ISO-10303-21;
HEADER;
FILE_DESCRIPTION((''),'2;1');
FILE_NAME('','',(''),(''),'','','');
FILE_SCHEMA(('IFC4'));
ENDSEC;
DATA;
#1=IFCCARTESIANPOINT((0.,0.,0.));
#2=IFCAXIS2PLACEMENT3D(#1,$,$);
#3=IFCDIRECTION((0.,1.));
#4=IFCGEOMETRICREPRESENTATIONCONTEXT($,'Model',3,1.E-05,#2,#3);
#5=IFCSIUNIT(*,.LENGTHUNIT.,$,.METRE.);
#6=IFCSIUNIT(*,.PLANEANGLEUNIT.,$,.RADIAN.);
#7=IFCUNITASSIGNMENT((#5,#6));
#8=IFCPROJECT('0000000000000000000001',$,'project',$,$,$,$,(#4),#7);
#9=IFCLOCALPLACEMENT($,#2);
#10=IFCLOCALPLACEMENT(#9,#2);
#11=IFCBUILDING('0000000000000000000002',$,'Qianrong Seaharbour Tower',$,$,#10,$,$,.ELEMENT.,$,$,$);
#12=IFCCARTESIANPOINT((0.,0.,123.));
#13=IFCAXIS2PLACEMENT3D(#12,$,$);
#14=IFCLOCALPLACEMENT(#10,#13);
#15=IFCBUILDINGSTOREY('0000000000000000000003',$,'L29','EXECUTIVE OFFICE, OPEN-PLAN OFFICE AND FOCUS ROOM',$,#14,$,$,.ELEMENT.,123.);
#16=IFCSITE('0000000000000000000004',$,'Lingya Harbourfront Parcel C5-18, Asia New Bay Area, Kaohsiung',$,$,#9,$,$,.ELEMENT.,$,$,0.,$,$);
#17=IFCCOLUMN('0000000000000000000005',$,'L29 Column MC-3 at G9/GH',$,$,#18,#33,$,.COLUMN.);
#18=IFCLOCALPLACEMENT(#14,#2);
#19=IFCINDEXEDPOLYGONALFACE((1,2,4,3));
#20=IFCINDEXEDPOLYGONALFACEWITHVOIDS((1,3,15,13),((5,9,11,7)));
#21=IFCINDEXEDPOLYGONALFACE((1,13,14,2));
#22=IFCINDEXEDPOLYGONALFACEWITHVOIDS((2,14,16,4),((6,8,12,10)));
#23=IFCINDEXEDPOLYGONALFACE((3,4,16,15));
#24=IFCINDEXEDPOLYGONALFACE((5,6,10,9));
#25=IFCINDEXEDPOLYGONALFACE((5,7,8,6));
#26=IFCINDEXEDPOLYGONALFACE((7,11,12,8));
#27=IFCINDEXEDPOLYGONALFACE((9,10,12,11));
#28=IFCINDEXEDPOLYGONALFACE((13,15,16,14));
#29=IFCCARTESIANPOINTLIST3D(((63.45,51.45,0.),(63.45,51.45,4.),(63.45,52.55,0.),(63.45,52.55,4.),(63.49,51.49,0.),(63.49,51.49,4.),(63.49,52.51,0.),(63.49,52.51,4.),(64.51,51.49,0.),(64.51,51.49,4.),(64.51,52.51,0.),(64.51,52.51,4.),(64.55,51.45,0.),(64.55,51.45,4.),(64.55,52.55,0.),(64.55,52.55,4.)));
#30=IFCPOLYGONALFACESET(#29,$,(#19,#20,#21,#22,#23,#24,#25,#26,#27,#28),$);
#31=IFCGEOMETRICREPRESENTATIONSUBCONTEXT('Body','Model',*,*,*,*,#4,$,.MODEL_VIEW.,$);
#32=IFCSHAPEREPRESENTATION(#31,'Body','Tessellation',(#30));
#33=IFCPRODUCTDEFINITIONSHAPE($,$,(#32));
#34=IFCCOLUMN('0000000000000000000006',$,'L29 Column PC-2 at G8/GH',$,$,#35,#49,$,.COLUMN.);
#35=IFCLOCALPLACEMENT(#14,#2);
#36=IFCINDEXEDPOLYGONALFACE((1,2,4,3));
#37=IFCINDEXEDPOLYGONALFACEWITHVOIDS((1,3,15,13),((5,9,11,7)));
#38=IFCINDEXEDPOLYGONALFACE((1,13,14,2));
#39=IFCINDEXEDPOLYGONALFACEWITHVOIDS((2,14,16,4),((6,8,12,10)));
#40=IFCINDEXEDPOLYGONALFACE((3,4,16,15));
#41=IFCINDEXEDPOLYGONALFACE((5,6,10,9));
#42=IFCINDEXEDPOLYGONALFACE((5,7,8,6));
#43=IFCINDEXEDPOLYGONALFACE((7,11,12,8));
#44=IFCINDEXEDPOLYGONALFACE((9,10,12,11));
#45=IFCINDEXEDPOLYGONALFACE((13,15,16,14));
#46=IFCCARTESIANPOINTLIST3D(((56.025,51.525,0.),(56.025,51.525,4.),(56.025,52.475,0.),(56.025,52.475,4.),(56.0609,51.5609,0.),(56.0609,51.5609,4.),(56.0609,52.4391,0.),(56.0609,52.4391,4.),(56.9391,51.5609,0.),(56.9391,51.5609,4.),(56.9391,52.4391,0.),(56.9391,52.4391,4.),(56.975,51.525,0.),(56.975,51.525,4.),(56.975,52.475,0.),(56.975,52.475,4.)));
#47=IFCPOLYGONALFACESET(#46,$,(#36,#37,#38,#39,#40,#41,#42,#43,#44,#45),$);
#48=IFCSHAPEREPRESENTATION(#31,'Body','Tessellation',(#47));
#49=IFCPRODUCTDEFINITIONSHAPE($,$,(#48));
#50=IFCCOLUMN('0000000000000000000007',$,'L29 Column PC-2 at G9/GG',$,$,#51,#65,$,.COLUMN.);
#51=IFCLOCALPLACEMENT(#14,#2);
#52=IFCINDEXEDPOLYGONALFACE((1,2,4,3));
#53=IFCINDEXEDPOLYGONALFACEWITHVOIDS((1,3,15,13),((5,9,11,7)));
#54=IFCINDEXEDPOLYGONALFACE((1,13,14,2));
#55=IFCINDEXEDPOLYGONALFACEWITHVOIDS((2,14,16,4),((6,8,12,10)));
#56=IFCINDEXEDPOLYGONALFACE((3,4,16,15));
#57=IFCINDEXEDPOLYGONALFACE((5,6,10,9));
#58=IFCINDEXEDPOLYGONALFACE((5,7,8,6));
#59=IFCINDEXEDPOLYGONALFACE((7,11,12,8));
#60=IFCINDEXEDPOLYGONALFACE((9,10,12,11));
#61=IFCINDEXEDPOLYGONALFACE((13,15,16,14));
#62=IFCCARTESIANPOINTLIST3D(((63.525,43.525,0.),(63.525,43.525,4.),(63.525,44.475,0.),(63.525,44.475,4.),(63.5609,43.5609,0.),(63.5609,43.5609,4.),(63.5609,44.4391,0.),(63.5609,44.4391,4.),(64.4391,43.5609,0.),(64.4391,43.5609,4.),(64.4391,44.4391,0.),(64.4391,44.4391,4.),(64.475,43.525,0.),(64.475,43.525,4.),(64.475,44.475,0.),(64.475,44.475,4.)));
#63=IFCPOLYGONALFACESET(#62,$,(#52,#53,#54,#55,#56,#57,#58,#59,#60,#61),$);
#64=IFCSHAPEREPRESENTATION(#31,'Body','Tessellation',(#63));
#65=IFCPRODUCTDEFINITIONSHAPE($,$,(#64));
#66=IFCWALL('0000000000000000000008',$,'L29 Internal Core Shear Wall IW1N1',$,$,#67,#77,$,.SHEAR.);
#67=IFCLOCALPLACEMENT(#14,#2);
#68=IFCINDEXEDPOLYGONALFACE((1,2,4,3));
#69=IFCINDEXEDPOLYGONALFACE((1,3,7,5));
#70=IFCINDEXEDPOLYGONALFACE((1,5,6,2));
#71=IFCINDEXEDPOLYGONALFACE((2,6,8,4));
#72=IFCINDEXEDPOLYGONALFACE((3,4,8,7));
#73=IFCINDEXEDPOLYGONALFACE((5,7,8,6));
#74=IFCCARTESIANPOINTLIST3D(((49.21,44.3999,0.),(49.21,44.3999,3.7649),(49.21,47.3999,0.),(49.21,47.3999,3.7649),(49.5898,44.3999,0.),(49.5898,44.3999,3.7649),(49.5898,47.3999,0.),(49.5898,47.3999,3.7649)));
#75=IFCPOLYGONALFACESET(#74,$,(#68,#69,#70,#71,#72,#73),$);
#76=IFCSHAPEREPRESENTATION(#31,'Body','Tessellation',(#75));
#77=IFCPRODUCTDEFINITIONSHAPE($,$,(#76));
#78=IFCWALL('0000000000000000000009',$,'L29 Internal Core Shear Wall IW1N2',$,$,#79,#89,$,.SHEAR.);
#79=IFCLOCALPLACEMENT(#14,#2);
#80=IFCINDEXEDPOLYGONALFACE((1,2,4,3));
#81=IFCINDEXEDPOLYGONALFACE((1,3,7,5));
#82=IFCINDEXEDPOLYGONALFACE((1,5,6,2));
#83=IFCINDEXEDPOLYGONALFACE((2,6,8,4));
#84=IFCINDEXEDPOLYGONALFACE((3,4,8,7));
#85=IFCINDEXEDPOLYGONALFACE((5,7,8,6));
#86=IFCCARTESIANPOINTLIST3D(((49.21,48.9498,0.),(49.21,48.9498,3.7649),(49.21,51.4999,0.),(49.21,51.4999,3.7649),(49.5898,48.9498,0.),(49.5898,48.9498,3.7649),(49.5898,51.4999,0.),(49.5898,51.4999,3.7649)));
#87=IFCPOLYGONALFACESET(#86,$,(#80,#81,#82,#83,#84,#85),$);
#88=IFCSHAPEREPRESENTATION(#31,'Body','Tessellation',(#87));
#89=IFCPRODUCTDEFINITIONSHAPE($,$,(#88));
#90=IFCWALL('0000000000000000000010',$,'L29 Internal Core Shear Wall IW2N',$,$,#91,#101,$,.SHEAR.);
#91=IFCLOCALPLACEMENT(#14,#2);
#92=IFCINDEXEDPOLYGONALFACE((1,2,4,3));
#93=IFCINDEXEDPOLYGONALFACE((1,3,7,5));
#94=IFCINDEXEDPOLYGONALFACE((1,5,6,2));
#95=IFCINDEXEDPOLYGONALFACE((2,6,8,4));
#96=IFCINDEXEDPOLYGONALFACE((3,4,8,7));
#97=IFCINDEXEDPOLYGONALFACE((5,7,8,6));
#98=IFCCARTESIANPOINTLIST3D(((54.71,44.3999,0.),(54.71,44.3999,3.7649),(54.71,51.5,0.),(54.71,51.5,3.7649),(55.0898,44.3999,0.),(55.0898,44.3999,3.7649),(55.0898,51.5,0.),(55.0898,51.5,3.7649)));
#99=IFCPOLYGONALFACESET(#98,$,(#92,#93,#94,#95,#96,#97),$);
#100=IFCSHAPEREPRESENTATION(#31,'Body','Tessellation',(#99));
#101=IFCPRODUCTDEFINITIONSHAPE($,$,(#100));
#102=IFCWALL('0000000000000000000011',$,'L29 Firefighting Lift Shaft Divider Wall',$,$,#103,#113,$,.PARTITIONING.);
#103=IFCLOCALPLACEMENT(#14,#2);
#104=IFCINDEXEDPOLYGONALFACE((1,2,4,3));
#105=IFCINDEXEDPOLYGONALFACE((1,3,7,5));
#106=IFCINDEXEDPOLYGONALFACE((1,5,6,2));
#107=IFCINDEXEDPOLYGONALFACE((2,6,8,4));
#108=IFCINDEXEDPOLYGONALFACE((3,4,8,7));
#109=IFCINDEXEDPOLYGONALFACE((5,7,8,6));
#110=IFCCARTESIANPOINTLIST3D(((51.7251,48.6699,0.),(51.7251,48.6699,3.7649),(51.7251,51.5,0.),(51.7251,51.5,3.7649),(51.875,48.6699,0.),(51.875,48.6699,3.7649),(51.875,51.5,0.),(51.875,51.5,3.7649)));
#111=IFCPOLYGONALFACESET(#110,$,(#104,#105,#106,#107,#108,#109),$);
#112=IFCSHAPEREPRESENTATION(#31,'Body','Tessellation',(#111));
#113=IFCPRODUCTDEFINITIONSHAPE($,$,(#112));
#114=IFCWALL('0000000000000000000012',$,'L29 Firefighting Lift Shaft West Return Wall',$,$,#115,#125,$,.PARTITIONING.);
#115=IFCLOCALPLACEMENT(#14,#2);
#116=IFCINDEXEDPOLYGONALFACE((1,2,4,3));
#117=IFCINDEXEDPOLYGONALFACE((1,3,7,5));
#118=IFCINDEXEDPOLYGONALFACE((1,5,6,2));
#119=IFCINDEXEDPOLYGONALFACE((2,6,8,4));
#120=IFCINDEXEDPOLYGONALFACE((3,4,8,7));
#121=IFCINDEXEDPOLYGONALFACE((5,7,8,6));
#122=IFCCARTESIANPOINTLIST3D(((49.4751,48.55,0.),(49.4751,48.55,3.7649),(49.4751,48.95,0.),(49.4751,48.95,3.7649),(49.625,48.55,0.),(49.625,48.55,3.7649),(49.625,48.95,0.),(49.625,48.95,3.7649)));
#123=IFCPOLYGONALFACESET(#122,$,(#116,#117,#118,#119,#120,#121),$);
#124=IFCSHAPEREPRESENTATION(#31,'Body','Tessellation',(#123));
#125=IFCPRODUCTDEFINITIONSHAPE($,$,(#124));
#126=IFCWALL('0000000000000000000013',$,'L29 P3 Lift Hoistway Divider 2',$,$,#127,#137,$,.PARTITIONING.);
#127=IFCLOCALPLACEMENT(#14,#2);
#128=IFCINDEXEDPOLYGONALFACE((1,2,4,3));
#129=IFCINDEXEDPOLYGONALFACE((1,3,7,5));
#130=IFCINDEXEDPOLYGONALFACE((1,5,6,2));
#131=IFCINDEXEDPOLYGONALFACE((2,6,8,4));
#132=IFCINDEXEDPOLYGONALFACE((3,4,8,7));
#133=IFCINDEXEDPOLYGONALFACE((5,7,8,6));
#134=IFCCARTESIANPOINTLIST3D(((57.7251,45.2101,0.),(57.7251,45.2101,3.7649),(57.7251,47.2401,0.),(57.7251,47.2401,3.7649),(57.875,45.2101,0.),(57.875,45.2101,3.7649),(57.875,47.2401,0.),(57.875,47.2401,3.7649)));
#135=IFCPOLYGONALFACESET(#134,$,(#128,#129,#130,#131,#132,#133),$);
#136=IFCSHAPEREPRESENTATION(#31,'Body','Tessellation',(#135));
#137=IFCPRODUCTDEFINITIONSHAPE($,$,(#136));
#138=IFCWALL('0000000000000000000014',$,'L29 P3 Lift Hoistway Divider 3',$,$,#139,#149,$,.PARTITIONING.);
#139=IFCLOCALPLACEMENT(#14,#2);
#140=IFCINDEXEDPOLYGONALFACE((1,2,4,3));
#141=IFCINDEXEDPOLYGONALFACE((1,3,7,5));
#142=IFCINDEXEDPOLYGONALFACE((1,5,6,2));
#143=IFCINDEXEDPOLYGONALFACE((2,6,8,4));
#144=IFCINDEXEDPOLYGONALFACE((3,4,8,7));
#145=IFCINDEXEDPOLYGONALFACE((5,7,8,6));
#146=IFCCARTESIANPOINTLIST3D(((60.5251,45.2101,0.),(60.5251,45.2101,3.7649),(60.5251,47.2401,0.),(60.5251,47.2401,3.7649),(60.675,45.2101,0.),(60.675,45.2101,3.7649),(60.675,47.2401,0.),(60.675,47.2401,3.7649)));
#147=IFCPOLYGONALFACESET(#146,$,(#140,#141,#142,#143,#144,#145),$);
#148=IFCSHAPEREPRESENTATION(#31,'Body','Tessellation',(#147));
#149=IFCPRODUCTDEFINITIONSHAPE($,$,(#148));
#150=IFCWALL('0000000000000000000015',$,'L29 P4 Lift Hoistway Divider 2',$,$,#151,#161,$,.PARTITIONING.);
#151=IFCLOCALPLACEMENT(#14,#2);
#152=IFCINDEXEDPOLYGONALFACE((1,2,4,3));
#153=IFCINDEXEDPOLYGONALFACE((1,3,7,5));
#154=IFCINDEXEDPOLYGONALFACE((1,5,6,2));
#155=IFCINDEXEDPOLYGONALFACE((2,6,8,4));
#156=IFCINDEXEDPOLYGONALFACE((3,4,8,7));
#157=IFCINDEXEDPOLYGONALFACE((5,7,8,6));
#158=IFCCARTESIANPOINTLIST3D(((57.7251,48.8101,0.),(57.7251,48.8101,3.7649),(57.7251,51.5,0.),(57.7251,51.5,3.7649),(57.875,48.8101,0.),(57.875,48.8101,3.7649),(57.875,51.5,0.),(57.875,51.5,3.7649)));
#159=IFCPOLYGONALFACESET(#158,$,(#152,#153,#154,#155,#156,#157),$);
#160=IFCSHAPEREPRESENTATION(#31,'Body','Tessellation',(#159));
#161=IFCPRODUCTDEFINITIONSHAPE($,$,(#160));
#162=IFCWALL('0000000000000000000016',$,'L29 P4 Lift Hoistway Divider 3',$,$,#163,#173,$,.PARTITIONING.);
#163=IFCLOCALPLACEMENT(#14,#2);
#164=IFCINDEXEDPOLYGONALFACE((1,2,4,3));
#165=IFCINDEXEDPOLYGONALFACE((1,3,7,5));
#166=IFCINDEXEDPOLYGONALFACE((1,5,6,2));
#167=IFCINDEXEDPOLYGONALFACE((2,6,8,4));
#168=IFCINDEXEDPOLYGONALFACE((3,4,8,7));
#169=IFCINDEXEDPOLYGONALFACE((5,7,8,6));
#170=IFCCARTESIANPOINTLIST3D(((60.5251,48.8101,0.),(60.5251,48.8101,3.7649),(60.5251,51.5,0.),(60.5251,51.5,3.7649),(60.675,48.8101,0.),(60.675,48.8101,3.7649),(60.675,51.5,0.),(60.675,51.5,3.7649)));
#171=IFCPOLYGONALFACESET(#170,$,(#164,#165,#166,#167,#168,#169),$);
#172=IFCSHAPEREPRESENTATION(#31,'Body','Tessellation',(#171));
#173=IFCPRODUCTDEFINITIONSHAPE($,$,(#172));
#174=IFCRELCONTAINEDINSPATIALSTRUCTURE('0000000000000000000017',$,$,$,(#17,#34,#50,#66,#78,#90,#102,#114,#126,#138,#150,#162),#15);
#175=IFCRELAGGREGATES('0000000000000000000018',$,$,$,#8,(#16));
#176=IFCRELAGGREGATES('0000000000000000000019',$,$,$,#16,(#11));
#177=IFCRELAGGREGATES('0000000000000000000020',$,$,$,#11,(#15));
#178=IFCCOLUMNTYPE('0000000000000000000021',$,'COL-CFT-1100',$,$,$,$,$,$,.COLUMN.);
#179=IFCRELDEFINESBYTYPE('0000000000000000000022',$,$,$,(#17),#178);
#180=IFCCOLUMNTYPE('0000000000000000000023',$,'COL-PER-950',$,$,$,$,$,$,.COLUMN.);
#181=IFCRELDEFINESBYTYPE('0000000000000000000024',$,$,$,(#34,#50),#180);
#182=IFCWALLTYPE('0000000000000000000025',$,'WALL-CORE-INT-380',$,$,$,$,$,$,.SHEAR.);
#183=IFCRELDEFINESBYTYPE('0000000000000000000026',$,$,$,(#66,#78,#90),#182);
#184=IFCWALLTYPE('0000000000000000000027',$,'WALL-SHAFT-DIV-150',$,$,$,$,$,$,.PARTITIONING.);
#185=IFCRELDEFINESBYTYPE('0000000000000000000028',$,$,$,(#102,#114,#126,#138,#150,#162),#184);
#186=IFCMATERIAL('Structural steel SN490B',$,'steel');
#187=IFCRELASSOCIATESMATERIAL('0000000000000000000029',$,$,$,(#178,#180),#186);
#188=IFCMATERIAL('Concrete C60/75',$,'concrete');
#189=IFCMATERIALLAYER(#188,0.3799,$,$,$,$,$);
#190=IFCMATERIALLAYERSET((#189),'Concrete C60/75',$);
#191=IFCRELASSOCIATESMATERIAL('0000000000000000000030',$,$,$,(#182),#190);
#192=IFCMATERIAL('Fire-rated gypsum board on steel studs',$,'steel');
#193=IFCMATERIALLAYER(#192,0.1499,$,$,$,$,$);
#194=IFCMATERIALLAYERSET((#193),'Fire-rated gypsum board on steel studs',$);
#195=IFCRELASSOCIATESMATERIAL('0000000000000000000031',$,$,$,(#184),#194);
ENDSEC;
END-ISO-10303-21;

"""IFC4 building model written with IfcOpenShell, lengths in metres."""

from ifc_helpers import new_model, si_unit, direction, frame, frame_2d, origin, origin_2d, place, context, subcontext, project, spatial, rectangle, hollow_rectangle, extrude, material, layer, layer_set, material_profile, profile_set, type_object, element, save


model = new_model("IFC4")

# Units and contexts
model_context = context("Model", 3, precision=1e-05, world=origin(), true_north=direction((0.0, 1.0)))
body_context = subcontext(model_context, "Body", "Model", "MODEL_VIEW")
ifc_project = project(units=[si_unit("LENGTHUNIT", "METRE"), si_unit("PLANEANGLEUNIT", "RADIAN")], contexts=[model_context])

# Site, building, storey
site_placement = place(None, origin())
site = spatial("IfcSite", under=ifc_project, at=site_placement, Name="Lingya Harbourfront Parcel C5-18, Asia New Bay Area, Kaohsiung", CompositionType="ELEMENT", RefElevation=0.0)
building_placement = place(site_placement, origin())
building = spatial("IfcBuilding", under=site, at=building_placement, Name="Qianrong Seaharbour Tower", CompositionType="ELEMENT")
storey_placement = place(building_placement, frame((0.0, 0.0, 123.0)))
storey = spatial("IfcBuildingStorey", under=building, at=storey_placement, Name="L29", Description="EXECUTIVE OFFICE, OPEN-PLAN OFFICE AND FOCUS ROOM", CompositionType="ELEMENT", Elevation=123.0)

# Columns
ifc_material_1 = material(Name="Structural steel SN490B", Category="steel")
ifc_material_profile_1 = material_profile(ifc_material_1, hollow_rectangle(XDim=1.1001, YDim=1.1001, WallThickness=0.04, at=origin_2d()), Name="BOX1100x1100x40")
ifc_profile_set_1 = profile_set([ifc_material_profile_1], Name="Structural steel SN490B")
column_type_1 = type_object("IfcColumnType", Name="COL-CFT-1100", PredefinedType="COLUMN", material=ifc_profile_set_1)
column_placement = place(storey_placement, frame((64.0, 52.0, 0.0), z_axis=(0.0, 0.0, 1.0), x_axis=(1.0, 0.0, 0.0)))
element("IfcColumn", 1, at=column_placement, inside=storey, type_object=column_type_1, Name="L29 Column MC-3 at G9/GH", PredefinedType="COLUMN", context=body_context, shape_type="SweptSolid", body=[
    extrude(hollow_rectangle(XDim=1.1001, YDim=1.1001, WallThickness=0.04, at=origin_2d()), origin(), (0.0, 0.0, 1.0), 4.0),
])
ifc_material_profile_2 = material_profile(ifc_material_1, hollow_rectangle(XDim=0.95, YDim=0.95, WallThickness=0.0359, at=origin_2d()), Name="BOX950x950x36")
ifc_profile_set_2 = profile_set([ifc_material_profile_2], Name="Structural steel SN490B")
column_type_2 = type_object("IfcColumnType", Name="COL-PER-950", PredefinedType="COLUMN", material=ifc_profile_set_2)
for number, where, z_axis, x_axis, name in (
    (2, (56.5, 52.0, 0.0), (0.0, 0.0, 1.0), (1.0, 0.0, 0.0), "L29 Column PC-2 at G8/GH"),
    (3, (64.0, 44.0, 0.0), (0.0, 0.0, 1.0), (1.0, 0.0, 0.0), "L29 Column PC-2 at G9/GG"),
):
    element("IfcColumn", number, at=place(storey_placement, frame(where, z_axis=z_axis, x_axis=x_axis)), inside=storey, type_object=column_type_2, Name=name, PredefinedType="COLUMN", context=body_context, shape_type="SweptSolid", body=[
        extrude(hollow_rectangle(XDim=0.95, YDim=0.95, WallThickness=0.0359, at=origin_2d()), origin(), (0.0, 0.0, 1.0), 4.0),
    ])

# Walls
ifc_material_2 = material(Name="Concrete C60/75", Category="concrete")
ifc_layer_1 = layer(ifc_material_2, 0.3799)
ifc_layer_set_1 = layer_set([ifc_layer_1], Name="Concrete C60/75")
wall_type_1 = type_object("IfcWallType", Name="WALL-CORE-INT-380", PredefinedType="SHEAR", material=ifc_layer_set_1)
wall_1_placement = place(storey_placement, frame((49.3999, 44.3999, 0.0), z_axis=(0.0, 0.0, 1.0), x_axis=(0.0, 1.0, 0.0)))
element("IfcWall", 4, at=wall_1_placement, inside=storey, type_object=wall_type_1, Name="L29 Internal Core Shear Wall IW1N1", PredefinedType="SHEAR", context=body_context, shape_type="SweptSolid", body=[
    extrude(rectangle(XDim=3.0, YDim=0.3799, at=frame_2d((1.5, 0.0))), origin(), (0.0, 0.0, 1.0), 3.7649),
])
wall_2_placement = place(storey_placement, frame((49.3999, 48.95, 0.0), z_axis=(0.0, 0.0, 1.0), x_axis=(0.0, 1.0, 0.0)))
element("IfcWall", 5, at=wall_2_placement, inside=storey, type_object=wall_type_1, Name="L29 Internal Core Shear Wall IW1N2", PredefinedType="SHEAR", context=body_context, shape_type="SweptSolid", body=[
    extrude(rectangle(XDim=2.55, YDim=0.3799, at=frame_2d((1.2749, 0.0))), origin(), (0.0, 0.0, 1.0), 3.7649),
])
wall_3_placement = place(storey_placement, frame((54.8999, 44.3999, 0.0), z_axis=(0.0, 0.0, 1.0), x_axis=(0.0, 1.0, 0.0)))
element("IfcWall", 6, at=wall_3_placement, inside=storey, type_object=wall_type_1, Name="L29 Internal Core Shear Wall IW2N", PredefinedType="SHEAR", context=body_context, shape_type="SweptSolid", body=[
    extrude(rectangle(XDim=7.1001, YDim=0.3799, at=frame_2d((3.55, 0.0))), origin(), (0.0, 0.0, 1.0), 3.7649),
])

# Walls
ifc_material_3 = material(Name="Fire-rated gypsum board on steel studs", Category="steel")
ifc_layer_2 = layer(ifc_material_3, 0.1499)
ifc_layer_set_2 = layer_set([ifc_layer_2], Name="Fire-rated gypsum board on steel studs")
wall_type_2 = type_object("IfcWallType", Name="WALL-SHAFT-DIV-150", PredefinedType="PARTITIONING", material=ifc_layer_set_2)
wall_4_placement = place(storey_placement, frame((51.8, 48.6699, 0.0), z_axis=(0.0, 0.0, 1.0), x_axis=(0.0, 1.0, 0.0)))
element("IfcWall", 7, at=wall_4_placement, inside=storey, type_object=wall_type_2, Name="L29 Firefighting Lift Shaft Divider Wall", PredefinedType="PARTITIONING", context=body_context, shape_type="SweptSolid", body=[
    extrude(rectangle(XDim=2.8301, YDim=0.1499, at=frame_2d((1.415, 0.0))), origin(), (0.0, 0.0, 1.0), 3.7649),
])
wall_5_placement = place(storey_placement, frame((49.55, 48.55, 0.0), z_axis=(0.0, 0.0, 1.0), x_axis=(0.0, 1.0, 0.0)))
element("IfcWall", 8, at=wall_5_placement, inside=storey, type_object=wall_type_2, Name="L29 Firefighting Lift Shaft West Return Wall", PredefinedType="PARTITIONING", context=body_context, shape_type="SweptSolid", body=[
    extrude(rectangle(XDim=0.3999, YDim=0.1499, at=frame_2d((0.2, 0.0))), origin(), (0.0, 0.0, 1.0), 3.7649),
])
for number, where, z_axis, x_axis, name in (
    (9, (57.8, 45.21, 0.0), (0.0, 0.0, 1.0), (0.0, 1.0, 0.0), "L29 P3 Lift Hoistway Divider 2"),
    (10, (60.6001, 45.21, 0.0), (0.0, 0.0, 1.0), (0.0, 1.0, 0.0), "L29 P3 Lift Hoistway Divider 3"),
):
    element("IfcWall", number, at=place(storey_placement, frame(where, z_axis=z_axis, x_axis=x_axis)), inside=storey, type_object=wall_type_2, Name=name, PredefinedType="PARTITIONING", context=body_context, shape_type="SweptSolid", body=[
        extrude(rectangle(XDim=2.03, YDim=0.1499, at=frame_2d((1.0151, 0.0))), origin(), (0.0, 0.0, 1.0), 3.7649),
    ])
for number, where, z_axis, x_axis, name in (
    (11, (57.8, 48.8101, 0.0), (0.0, 0.0, 1.0), (0.0, 1.0, 0.0), "L29 P4 Lift Hoistway Divider 2"),
    (12, (60.6001, 48.8101, 0.0), (0.0, 0.0, 1.0), (0.0, 1.0, 0.0), "L29 P4 Lift Hoistway Divider 3"),
):
    element("IfcWall", number, at=place(storey_placement, frame(where, z_axis=z_axis, x_axis=x_axis)), inside=storey, type_object=wall_type_2, Name=name, PredefinedType="PARTITIONING", context=body_context, shape_type="SweptSolid", body=[
        extrude(rectangle(XDim=2.6899, YDim=0.1499, at=frame_2d((1.345, 0.0))), origin(), (0.0, 0.0, 1.0), 3.7649),
    ])

save(model, "model.ifc")
